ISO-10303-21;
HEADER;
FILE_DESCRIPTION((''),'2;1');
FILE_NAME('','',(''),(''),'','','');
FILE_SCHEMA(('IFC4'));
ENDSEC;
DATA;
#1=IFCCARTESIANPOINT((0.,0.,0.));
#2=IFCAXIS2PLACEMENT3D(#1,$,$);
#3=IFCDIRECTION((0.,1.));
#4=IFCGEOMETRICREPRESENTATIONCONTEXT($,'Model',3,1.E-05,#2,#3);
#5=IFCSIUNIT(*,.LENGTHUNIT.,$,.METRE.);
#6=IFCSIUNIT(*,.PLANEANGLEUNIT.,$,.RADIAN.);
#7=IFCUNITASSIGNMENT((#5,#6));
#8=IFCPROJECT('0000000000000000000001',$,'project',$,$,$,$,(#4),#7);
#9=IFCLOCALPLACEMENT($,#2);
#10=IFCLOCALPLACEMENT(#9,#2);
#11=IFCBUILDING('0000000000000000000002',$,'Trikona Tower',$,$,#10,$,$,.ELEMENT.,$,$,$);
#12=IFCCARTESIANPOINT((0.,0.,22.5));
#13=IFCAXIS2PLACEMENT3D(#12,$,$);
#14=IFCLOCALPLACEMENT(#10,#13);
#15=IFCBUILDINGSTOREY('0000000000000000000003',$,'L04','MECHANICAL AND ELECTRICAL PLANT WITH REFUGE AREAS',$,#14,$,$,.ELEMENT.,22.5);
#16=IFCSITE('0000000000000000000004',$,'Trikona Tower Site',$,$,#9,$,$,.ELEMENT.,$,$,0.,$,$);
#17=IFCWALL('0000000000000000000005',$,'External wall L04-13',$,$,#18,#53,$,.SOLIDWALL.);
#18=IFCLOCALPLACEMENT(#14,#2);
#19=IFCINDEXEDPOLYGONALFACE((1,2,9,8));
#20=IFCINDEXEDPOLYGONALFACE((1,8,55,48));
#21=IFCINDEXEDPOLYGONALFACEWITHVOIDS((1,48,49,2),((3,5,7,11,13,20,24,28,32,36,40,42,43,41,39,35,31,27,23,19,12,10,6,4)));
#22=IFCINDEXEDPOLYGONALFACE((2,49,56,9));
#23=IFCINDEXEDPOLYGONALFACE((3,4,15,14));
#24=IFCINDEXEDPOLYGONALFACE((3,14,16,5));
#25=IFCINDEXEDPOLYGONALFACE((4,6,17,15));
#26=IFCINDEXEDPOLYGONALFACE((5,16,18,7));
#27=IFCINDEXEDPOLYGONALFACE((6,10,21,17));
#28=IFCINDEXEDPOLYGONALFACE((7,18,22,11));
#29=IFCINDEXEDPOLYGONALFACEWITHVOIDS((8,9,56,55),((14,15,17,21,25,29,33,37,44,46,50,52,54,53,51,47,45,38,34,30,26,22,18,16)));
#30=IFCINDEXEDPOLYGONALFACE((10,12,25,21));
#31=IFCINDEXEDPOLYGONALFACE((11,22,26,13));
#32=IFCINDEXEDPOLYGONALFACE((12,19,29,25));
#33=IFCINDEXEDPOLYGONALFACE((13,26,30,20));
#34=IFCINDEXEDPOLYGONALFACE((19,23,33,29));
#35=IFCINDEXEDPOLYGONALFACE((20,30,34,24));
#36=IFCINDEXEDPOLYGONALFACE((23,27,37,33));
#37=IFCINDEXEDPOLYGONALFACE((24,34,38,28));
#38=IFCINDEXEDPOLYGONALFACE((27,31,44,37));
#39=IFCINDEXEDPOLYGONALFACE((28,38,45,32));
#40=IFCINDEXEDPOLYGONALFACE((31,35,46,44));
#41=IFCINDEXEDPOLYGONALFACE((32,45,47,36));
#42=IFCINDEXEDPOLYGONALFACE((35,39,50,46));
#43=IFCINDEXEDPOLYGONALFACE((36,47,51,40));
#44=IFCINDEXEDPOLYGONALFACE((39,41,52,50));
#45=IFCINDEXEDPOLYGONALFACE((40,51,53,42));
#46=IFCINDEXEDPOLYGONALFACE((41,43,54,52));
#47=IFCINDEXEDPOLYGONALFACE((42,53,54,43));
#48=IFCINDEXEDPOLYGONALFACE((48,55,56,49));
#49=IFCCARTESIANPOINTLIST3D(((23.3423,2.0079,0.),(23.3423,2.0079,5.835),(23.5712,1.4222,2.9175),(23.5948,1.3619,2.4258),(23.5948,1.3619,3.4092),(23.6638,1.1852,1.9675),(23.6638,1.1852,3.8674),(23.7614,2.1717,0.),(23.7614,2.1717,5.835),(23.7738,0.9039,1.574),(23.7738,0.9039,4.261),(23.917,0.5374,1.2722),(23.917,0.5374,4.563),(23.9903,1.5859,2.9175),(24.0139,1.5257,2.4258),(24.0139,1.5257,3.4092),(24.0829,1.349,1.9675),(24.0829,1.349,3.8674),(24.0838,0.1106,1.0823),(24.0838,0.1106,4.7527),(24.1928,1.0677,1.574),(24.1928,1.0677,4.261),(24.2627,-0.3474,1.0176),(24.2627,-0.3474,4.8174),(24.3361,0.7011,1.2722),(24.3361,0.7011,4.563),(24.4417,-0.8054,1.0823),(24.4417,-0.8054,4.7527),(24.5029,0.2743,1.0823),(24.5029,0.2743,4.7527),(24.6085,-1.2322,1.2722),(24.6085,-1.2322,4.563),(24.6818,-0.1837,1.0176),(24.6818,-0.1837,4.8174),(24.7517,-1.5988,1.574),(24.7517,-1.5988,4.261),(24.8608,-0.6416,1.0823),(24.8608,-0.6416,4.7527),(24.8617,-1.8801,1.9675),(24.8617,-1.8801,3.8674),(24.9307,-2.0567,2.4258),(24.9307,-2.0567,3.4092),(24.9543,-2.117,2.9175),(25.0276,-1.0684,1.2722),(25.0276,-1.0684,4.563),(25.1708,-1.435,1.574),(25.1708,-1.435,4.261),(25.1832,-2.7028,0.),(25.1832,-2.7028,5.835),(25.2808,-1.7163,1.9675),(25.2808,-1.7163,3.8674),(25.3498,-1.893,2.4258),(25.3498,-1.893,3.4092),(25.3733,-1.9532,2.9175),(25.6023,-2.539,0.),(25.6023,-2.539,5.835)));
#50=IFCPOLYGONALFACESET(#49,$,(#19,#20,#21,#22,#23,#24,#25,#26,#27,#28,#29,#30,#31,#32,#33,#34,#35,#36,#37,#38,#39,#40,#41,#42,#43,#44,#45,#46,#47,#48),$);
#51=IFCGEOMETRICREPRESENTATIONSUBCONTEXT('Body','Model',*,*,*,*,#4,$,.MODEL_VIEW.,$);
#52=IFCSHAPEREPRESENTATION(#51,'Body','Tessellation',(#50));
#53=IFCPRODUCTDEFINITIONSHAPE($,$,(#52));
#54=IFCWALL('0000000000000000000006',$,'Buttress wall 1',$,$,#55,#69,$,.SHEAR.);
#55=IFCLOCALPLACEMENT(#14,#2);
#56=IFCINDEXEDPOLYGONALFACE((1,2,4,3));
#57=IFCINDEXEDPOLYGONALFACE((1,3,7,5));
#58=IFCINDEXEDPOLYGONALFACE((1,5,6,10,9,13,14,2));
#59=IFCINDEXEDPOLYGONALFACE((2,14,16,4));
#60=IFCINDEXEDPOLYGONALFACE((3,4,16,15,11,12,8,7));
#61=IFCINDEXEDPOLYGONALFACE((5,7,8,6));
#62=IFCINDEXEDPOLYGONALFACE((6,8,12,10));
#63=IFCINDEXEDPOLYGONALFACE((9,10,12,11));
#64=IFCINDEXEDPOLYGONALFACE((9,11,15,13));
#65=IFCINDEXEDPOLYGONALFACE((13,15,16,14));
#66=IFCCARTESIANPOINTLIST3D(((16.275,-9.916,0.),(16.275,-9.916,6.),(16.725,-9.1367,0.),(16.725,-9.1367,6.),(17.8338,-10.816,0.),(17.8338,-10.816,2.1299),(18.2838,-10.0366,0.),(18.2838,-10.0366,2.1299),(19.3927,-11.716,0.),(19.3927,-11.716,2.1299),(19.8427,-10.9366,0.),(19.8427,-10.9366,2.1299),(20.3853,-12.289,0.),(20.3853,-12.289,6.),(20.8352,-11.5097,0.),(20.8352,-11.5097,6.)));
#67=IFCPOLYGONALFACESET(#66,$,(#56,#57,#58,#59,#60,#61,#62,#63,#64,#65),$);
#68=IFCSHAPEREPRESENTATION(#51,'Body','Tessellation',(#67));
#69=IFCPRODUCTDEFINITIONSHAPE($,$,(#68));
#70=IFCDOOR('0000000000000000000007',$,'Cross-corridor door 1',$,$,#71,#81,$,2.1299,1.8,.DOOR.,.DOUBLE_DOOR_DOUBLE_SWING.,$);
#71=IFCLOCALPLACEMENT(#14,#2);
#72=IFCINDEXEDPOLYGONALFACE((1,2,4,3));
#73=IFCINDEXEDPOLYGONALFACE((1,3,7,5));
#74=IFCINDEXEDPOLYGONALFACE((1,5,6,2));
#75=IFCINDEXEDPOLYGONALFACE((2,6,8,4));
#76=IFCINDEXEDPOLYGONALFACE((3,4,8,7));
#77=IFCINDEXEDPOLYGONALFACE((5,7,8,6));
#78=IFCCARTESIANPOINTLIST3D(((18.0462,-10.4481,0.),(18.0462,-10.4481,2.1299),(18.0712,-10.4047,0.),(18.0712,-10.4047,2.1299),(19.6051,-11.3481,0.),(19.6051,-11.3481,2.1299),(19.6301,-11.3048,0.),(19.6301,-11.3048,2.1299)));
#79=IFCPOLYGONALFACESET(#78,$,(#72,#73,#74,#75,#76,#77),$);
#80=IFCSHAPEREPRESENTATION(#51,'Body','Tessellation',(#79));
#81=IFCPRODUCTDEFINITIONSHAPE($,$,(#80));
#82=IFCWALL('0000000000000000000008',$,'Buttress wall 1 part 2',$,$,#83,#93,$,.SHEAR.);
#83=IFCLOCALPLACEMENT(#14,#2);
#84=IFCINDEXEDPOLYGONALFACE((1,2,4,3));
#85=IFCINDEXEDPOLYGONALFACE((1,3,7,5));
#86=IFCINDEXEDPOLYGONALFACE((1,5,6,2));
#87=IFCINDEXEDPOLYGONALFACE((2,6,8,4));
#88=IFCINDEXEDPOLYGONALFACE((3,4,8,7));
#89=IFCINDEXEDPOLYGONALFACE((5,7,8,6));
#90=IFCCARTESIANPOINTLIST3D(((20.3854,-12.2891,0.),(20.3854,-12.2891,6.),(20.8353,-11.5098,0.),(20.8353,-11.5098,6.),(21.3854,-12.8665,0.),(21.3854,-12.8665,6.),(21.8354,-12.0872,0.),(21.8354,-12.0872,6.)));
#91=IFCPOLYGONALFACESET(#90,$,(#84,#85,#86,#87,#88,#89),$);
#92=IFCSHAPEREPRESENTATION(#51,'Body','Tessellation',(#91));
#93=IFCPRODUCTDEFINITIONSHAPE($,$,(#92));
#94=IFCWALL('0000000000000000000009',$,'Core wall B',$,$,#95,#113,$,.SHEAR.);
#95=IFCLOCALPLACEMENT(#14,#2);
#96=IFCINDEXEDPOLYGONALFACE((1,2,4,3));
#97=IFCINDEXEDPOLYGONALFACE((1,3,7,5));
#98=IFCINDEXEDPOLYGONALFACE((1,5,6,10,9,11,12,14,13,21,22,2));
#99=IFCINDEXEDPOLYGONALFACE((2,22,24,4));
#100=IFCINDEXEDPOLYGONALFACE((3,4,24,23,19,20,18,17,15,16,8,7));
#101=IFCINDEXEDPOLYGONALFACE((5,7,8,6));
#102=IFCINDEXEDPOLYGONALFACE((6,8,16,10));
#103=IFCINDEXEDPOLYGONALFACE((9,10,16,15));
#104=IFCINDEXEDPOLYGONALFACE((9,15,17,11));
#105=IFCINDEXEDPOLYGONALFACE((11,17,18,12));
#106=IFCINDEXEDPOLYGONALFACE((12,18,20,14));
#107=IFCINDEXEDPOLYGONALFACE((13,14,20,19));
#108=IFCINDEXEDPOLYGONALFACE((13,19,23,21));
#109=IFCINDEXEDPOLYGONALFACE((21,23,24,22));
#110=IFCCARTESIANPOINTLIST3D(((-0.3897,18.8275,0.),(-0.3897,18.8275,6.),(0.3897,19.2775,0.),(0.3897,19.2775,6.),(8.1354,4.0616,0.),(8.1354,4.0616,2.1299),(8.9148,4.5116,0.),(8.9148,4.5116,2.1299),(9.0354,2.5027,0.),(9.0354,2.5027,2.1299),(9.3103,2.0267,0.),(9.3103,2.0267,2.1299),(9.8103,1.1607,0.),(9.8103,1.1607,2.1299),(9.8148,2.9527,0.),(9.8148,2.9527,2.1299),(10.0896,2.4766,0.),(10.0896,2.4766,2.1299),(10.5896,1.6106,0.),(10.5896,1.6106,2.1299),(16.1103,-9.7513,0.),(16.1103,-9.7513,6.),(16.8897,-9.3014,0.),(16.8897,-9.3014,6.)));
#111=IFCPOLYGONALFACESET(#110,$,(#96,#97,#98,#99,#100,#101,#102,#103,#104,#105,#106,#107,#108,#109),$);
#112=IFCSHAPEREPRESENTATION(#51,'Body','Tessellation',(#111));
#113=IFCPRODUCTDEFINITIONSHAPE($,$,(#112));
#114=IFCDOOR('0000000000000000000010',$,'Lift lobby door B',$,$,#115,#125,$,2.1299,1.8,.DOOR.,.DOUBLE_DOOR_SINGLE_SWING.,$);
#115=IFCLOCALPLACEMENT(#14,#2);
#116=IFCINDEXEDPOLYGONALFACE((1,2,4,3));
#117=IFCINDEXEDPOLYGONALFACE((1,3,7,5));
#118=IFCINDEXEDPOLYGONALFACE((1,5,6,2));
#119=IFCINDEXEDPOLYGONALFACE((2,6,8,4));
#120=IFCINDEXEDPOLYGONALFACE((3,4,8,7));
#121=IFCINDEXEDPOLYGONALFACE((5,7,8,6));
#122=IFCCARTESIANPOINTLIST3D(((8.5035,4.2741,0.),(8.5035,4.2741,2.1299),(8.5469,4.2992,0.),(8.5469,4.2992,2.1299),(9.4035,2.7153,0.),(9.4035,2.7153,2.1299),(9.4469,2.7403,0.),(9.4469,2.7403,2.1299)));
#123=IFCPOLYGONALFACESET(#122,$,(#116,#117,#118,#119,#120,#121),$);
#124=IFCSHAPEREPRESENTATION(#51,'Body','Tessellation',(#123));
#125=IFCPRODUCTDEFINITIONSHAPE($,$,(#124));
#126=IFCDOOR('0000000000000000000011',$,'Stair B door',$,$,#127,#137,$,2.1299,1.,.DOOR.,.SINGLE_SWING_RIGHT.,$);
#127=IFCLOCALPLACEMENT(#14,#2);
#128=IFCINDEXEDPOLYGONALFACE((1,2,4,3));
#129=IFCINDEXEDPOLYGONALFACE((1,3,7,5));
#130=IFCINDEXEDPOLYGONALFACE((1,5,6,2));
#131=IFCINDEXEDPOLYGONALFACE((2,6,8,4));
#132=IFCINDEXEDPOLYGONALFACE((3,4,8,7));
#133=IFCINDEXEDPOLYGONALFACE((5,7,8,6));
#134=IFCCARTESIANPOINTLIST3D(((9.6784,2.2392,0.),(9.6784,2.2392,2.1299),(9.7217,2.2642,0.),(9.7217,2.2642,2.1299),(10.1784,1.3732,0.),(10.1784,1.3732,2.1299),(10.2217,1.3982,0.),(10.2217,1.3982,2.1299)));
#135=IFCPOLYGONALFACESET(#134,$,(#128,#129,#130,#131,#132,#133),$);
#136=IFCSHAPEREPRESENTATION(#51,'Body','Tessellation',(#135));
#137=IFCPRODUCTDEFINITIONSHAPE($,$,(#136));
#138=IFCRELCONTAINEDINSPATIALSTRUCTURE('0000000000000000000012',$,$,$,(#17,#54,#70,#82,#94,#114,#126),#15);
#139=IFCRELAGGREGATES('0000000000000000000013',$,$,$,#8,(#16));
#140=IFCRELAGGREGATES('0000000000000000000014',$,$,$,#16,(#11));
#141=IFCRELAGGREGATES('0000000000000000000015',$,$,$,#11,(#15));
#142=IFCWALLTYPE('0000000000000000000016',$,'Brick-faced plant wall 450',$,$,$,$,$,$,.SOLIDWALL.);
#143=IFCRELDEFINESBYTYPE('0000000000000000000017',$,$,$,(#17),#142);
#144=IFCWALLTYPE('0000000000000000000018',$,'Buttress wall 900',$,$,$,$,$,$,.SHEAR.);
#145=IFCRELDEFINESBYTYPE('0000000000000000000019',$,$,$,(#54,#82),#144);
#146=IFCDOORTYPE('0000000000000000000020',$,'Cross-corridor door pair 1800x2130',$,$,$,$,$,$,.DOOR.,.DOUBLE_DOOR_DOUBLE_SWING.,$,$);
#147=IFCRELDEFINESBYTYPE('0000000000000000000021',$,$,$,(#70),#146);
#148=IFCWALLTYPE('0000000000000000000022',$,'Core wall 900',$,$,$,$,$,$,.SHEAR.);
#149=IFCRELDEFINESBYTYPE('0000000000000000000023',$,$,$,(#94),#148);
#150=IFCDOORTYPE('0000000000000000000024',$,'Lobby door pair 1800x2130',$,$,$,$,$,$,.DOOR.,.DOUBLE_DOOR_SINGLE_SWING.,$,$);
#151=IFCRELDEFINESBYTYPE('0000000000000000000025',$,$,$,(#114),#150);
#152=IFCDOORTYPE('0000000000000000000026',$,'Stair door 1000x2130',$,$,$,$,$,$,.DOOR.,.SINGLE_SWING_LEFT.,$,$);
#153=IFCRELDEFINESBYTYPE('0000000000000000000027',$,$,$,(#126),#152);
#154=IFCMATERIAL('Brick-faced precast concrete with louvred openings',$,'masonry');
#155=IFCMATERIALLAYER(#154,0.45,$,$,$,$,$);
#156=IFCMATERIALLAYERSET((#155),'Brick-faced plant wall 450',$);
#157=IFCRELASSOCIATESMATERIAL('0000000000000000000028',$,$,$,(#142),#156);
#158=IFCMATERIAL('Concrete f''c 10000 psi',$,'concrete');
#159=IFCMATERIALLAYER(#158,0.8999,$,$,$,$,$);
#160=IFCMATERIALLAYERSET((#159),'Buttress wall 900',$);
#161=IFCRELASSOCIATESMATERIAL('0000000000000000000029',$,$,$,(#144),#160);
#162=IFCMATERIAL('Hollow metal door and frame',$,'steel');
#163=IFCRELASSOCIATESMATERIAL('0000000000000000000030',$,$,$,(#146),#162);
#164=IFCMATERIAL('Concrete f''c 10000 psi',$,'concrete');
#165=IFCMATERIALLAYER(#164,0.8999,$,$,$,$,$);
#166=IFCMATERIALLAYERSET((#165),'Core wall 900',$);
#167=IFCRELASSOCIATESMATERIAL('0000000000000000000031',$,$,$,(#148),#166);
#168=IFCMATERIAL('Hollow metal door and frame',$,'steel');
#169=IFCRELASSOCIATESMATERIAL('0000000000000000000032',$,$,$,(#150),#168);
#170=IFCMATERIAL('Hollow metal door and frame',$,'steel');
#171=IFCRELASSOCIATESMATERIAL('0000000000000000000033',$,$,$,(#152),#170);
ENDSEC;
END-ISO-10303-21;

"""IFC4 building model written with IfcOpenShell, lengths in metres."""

from ifc_helpers import new_model, si_unit, direction, frame, frame_2d, origin, place, context, subcontext, project, spatial, polyline, rectangle, outline, extrude, material, layer, layer_set, type_object, element, fill, save


model = new_model("IFC4")

# Units and contexts
model_context = context("Model", 3, precision=1e-05, world=origin(), true_north=direction((0.0, 1.0)))
body_context = subcontext(model_context, "Body", "Model", "MODEL_VIEW")
ifc_project = project(units=[si_unit("LENGTHUNIT", "METRE"), si_unit("PLANEANGLEUNIT", "RADIAN")], contexts=[model_context])

# Site, building, storey
site_placement = place(None, origin())
site = spatial("IfcSite", under=ifc_project, at=site_placement, Name="Trikona Tower Site", CompositionType="ELEMENT", RefElevation=0.0)
building_placement = place(site_placement, origin())
building = spatial("IfcBuilding", under=site, at=building_placement, Name="Trikona Tower", CompositionType="ELEMENT")
storey_placement = place(building_placement, frame((0.0, 0.0, 22.5)))
storey = spatial("IfcBuildingStorey", under=building, at=storey_placement, Name="L04", Description="MECHANICAL AND ELECTRICAL PLANT WITH REFUGE AREAS", CompositionType="ELEMENT", Elevation=22.5)

# Wall
ifc_material_1 = material(Name="Brick-faced precast concrete with louvred openings", Category="masonry")
ifc_layer_1 = layer(ifc_material_1, 0.45)
ifc_layer_set_1 = layer_set([ifc_layer_1], Name="Brick-faced plant wall 450")
wall_type_1 = type_object("IfcWallType", Name="Brick-faced plant wall 450", PredefinedType="SOLIDWALL", material=ifc_layer_set_1)
wall_1_placement = place(storey_placement, frame((25.3928, -2.6208, 0.0), z_axis=(0.0, 0.0, 1.0), x_axis=(-0.363972, 0.93141, 0.0)))
element("IfcWall", 1, at=wall_1_placement, inside=storey, type_object=wall_type_1, Name="External wall L04-13", PredefinedType="SOLIDWALL", context=body_context, shape_type="SweptSolid", body=[
    extrude(outline(polyline([(0.0, 0.0), (5.0576, 0.0), (5.0576, 5.835), (0.0, 5.835), (0.0, 0.0)]), holes=[polyline([(4.4287, 2.9175), (4.364, 3.4092), (4.1743, 3.8674), (3.8723, 4.261), (3.4788, 4.563), (3.0205, 4.7527), (2.5288, 4.8174), (2.0371, 4.7527), (1.5789, 4.563), (1.1853, 4.261), (0.8833, 3.8674), (0.6936, 3.4092), (0.6289, 2.9175), (0.6936, 2.4258), (0.8833, 1.9675), (1.1853, 1.574), (1.5789, 1.2722), (2.0371, 1.0823), (2.5288, 1.0176), (3.0205, 1.0823), (3.4788, 1.2722), (3.8723, 1.574), (4.1743, 1.9675), (4.364, 2.4258), (4.4287, 2.9175)])]), frame((0.0, 0.2251, 0.0), z_axis=(0.0, -1.0, 0.0), x_axis=(1.0, 0.0, 0.0)), (0.0, 0.0, 1.0), 0.45),
])

# Wall, opening, door
ifc_material_2 = material(Name="Concrete f'c 10000 psi", Category="concrete")
ifc_layer_2 = layer(ifc_material_2, 0.8999)
ifc_layer_set_2 = layer_set([ifc_layer_2], Name="Buttress wall 900")
wall_type_2 = type_object("IfcWallType", Name="Buttress wall 900", PredefinedType="SHEAR", material=ifc_layer_set_2)
wall_2_placement = place(storey_placement, frame((16.5, -9.5264, 0.0), z_axis=(0.0, 0.0, 1.0), x_axis=(0.866031, -0.49999, 0.0)))
wall_2 = element("IfcWall", 2, at=wall_2_placement, inside=storey, type_object=wall_type_2, Name="Buttress wall 1", PredefinedType="SHEAR", context=body_context, shape_type="SweptSolid", body=[
    extrude(rectangle(XDim=4.7461, YDim=0.8999, at=frame_2d((2.373, 0.0))), origin(), (0.0, 0.0, 1.0), 6.0),
])
opening_1_placement = place(wall_2_placement, frame((1.8, 0.0, 0.0)))
opening_1 = element("IfcOpeningElement", 3, at=opening_1_placement, cuts=wall_2, PredefinedType="OPENING", context=body_context, shape_type="SweptSolid", body=[
    extrude(rectangle(XDim=1.8, YDim=2.1299, at=frame_2d((0.8999, 1.0649))), frame((0.0, 0.46, 0.0), z_axis=(0.0, -1.0, 0.0), x_axis=(1.0, 0.0, 0.0)), (0.0, 0.0, 1.0), 0.9199),
])
ifc_material_3 = material(Name="Hollow metal door and frame", Category="steel")
door_type_1 = type_object("IfcDoorType", Name="Cross-corridor door pair 1800x2130", OperationType="DOUBLE_DOOR_DOUBLE_SWING", PredefinedType="DOOR", material=ifc_material_3)
door_1_placement = place(opening_1_placement, origin())
door_1 = element("IfcDoor", 4, at=door_1_placement, inside=storey, type_object=door_type_1, Name="Cross-corridor door 1", OperationType="DOUBLE_DOOR_DOUBLE_SWING", OverallHeight=2.1299, OverallWidth=1.8, PredefinedType="DOOR", context=body_context, shape_type="SweptSolid", body=[
    extrude(rectangle(XDim=1.8, YDim=2.1299, at=frame_2d((0.8999, 1.0649))), frame((0.0, 0.0249, 0.0), z_axis=(0.0, -1.0, 0.0), x_axis=(1.0, 0.0, 0.0)), (0.0, 0.0, 1.0), 0.05),
])
fill(opening_1, door_1)

# Wall
wall_3_placement = place(storey_placement, frame((20.6104, -11.8994, 0.0), z_axis=(0.0, 0.0, 1.0), x_axis=(0.86601, -0.500027, 0.0)))
element("IfcWall", 5, at=wall_3_placement, inside=storey, type_object=wall_type_2, Name="Buttress wall 1 part 2", PredefinedType="SHEAR", context=body_context, shape_type="SweptSolid", body=[
    extrude(rectangle(XDim=1.1548, YDim=0.8999, at=frame_2d((0.5774, 0.0))), origin(), (0.0, 0.0, 1.0), 6.0),
])

# Wall, openings, doors
ifc_material_4 = material(Name="Concrete f'c 10000 psi", Category="concrete")
ifc_layer_3 = layer(ifc_material_4, 0.8999)
ifc_layer_set_3 = layer_set([ifc_layer_3], Name="Core wall 900")
wall_type_3 = type_object("IfcWallType", Name="Core wall 900", PredefinedType="SHEAR", material=ifc_layer_set_3)
wall_4_placement = place(storey_placement, frame((16.5, -9.5264, 0.0), z_axis=(0.0, 0.0, 1.0), x_axis=(-0.5, 0.866026, 0.0)))
wall_4 = element("IfcWall", 6, at=wall_4_placement, inside=storey, type_object=wall_type_3, Name="Core wall B", PredefinedType="SHEAR", context=body_context, shape_type="SweptSolid", body=[
    extrude(rectangle(XDim=33.0, YDim=0.8999, at=frame_2d((16.5, 0.0))), origin(), (0.0, 0.0, 1.0), 6.0),
])
opening_2_placement = place(wall_4_placement, frame((14.1499, 0.0, 0.0)))
opening_2 = element("IfcOpeningElement", 7, at=opening_2_placement, cuts=wall_4, PredefinedType="OPENING", context=body_context, shape_type="SweptSolid", body=[
    extrude(rectangle(XDim=1.8, YDim=2.1299, at=frame_2d((0.8999, 1.0649))), frame((0.0, 0.46, 0.0), z_axis=(0.0, -1.0, 0.0), x_axis=(1.0, 0.0, 0.0)), (0.0, 0.0, 1.0), 0.9199),
])
opening_3_placement = place(wall_4_placement, frame((12.6001, 0.0, 0.0)))
opening_3 = element("IfcOpeningElement", 8, at=opening_3_placement, cuts=wall_4, PredefinedType="OPENING", context=body_context, shape_type="SweptSolid", body=[
    extrude(rectangle(XDim=1.0, YDim=2.1299, at=frame_2d((0.5, 1.0649))), frame((0.0, 0.46, 0.0), z_axis=(0.0, -1.0, 0.0), x_axis=(1.0, 0.0, 0.0)), (0.0, 0.0, 1.0), 0.9199),
])
ifc_material_5 = material(Name="Hollow metal door and frame", Category="steel")
door_type_2 = type_object("IfcDoorType", Name="Lobby door pair 1800x2130", OperationType="DOUBLE_DOOR_SINGLE_SWING", PredefinedType="DOOR", material=ifc_material_5)
door_2_placement = place(opening_2_placement, origin())
door_2 = element("IfcDoor", 9, at=door_2_placement, inside=storey, type_object=door_type_2, Name="Lift lobby door B", OperationType="DOUBLE_DOOR_SINGLE_SWING", OverallHeight=2.1299, OverallWidth=1.8, PredefinedType="DOOR", context=body_context, shape_type="SweptSolid", body=[
    extrude(rectangle(XDim=1.8, YDim=2.1299, at=frame_2d((0.8999, 1.0649))), frame((0.0, 0.0249, 0.0), z_axis=(0.0, -1.0, 0.0), x_axis=(1.0, 0.0, 0.0)), (0.0, 0.0, 1.0), 0.05),
])
fill(opening_2, door_2)
ifc_material_6 = material(Name="Hollow metal door and frame", Category="steel")
door_type_3 = type_object("IfcDoorType", Name="Stair door 1000x2130", OperationType="SINGLE_SWING_LEFT", PredefinedType="DOOR", material=ifc_material_6)
door_3_placement = place(opening_3_placement, origin())
door_3 = element("IfcDoor", 10, at=door_3_placement, inside=storey, type_object=door_type_3, Name="Stair B door", OperationType="SINGLE_SWING_RIGHT", OverallHeight=2.1299, OverallWidth=1.0, PredefinedType="DOOR", context=body_context, shape_type="SweptSolid", body=[
    extrude(rectangle(XDim=1.0, YDim=2.1299, at=frame_2d((0.5, 1.0649))), frame((0.0, 0.0249, 0.0), z_axis=(0.0, -1.0, 0.0), x_axis=(1.0, 0.0, 0.0)), (0.0, 0.0, 1.0), 0.05),
])
fill(opening_3, door_3)

save(model, "model.ifc")
